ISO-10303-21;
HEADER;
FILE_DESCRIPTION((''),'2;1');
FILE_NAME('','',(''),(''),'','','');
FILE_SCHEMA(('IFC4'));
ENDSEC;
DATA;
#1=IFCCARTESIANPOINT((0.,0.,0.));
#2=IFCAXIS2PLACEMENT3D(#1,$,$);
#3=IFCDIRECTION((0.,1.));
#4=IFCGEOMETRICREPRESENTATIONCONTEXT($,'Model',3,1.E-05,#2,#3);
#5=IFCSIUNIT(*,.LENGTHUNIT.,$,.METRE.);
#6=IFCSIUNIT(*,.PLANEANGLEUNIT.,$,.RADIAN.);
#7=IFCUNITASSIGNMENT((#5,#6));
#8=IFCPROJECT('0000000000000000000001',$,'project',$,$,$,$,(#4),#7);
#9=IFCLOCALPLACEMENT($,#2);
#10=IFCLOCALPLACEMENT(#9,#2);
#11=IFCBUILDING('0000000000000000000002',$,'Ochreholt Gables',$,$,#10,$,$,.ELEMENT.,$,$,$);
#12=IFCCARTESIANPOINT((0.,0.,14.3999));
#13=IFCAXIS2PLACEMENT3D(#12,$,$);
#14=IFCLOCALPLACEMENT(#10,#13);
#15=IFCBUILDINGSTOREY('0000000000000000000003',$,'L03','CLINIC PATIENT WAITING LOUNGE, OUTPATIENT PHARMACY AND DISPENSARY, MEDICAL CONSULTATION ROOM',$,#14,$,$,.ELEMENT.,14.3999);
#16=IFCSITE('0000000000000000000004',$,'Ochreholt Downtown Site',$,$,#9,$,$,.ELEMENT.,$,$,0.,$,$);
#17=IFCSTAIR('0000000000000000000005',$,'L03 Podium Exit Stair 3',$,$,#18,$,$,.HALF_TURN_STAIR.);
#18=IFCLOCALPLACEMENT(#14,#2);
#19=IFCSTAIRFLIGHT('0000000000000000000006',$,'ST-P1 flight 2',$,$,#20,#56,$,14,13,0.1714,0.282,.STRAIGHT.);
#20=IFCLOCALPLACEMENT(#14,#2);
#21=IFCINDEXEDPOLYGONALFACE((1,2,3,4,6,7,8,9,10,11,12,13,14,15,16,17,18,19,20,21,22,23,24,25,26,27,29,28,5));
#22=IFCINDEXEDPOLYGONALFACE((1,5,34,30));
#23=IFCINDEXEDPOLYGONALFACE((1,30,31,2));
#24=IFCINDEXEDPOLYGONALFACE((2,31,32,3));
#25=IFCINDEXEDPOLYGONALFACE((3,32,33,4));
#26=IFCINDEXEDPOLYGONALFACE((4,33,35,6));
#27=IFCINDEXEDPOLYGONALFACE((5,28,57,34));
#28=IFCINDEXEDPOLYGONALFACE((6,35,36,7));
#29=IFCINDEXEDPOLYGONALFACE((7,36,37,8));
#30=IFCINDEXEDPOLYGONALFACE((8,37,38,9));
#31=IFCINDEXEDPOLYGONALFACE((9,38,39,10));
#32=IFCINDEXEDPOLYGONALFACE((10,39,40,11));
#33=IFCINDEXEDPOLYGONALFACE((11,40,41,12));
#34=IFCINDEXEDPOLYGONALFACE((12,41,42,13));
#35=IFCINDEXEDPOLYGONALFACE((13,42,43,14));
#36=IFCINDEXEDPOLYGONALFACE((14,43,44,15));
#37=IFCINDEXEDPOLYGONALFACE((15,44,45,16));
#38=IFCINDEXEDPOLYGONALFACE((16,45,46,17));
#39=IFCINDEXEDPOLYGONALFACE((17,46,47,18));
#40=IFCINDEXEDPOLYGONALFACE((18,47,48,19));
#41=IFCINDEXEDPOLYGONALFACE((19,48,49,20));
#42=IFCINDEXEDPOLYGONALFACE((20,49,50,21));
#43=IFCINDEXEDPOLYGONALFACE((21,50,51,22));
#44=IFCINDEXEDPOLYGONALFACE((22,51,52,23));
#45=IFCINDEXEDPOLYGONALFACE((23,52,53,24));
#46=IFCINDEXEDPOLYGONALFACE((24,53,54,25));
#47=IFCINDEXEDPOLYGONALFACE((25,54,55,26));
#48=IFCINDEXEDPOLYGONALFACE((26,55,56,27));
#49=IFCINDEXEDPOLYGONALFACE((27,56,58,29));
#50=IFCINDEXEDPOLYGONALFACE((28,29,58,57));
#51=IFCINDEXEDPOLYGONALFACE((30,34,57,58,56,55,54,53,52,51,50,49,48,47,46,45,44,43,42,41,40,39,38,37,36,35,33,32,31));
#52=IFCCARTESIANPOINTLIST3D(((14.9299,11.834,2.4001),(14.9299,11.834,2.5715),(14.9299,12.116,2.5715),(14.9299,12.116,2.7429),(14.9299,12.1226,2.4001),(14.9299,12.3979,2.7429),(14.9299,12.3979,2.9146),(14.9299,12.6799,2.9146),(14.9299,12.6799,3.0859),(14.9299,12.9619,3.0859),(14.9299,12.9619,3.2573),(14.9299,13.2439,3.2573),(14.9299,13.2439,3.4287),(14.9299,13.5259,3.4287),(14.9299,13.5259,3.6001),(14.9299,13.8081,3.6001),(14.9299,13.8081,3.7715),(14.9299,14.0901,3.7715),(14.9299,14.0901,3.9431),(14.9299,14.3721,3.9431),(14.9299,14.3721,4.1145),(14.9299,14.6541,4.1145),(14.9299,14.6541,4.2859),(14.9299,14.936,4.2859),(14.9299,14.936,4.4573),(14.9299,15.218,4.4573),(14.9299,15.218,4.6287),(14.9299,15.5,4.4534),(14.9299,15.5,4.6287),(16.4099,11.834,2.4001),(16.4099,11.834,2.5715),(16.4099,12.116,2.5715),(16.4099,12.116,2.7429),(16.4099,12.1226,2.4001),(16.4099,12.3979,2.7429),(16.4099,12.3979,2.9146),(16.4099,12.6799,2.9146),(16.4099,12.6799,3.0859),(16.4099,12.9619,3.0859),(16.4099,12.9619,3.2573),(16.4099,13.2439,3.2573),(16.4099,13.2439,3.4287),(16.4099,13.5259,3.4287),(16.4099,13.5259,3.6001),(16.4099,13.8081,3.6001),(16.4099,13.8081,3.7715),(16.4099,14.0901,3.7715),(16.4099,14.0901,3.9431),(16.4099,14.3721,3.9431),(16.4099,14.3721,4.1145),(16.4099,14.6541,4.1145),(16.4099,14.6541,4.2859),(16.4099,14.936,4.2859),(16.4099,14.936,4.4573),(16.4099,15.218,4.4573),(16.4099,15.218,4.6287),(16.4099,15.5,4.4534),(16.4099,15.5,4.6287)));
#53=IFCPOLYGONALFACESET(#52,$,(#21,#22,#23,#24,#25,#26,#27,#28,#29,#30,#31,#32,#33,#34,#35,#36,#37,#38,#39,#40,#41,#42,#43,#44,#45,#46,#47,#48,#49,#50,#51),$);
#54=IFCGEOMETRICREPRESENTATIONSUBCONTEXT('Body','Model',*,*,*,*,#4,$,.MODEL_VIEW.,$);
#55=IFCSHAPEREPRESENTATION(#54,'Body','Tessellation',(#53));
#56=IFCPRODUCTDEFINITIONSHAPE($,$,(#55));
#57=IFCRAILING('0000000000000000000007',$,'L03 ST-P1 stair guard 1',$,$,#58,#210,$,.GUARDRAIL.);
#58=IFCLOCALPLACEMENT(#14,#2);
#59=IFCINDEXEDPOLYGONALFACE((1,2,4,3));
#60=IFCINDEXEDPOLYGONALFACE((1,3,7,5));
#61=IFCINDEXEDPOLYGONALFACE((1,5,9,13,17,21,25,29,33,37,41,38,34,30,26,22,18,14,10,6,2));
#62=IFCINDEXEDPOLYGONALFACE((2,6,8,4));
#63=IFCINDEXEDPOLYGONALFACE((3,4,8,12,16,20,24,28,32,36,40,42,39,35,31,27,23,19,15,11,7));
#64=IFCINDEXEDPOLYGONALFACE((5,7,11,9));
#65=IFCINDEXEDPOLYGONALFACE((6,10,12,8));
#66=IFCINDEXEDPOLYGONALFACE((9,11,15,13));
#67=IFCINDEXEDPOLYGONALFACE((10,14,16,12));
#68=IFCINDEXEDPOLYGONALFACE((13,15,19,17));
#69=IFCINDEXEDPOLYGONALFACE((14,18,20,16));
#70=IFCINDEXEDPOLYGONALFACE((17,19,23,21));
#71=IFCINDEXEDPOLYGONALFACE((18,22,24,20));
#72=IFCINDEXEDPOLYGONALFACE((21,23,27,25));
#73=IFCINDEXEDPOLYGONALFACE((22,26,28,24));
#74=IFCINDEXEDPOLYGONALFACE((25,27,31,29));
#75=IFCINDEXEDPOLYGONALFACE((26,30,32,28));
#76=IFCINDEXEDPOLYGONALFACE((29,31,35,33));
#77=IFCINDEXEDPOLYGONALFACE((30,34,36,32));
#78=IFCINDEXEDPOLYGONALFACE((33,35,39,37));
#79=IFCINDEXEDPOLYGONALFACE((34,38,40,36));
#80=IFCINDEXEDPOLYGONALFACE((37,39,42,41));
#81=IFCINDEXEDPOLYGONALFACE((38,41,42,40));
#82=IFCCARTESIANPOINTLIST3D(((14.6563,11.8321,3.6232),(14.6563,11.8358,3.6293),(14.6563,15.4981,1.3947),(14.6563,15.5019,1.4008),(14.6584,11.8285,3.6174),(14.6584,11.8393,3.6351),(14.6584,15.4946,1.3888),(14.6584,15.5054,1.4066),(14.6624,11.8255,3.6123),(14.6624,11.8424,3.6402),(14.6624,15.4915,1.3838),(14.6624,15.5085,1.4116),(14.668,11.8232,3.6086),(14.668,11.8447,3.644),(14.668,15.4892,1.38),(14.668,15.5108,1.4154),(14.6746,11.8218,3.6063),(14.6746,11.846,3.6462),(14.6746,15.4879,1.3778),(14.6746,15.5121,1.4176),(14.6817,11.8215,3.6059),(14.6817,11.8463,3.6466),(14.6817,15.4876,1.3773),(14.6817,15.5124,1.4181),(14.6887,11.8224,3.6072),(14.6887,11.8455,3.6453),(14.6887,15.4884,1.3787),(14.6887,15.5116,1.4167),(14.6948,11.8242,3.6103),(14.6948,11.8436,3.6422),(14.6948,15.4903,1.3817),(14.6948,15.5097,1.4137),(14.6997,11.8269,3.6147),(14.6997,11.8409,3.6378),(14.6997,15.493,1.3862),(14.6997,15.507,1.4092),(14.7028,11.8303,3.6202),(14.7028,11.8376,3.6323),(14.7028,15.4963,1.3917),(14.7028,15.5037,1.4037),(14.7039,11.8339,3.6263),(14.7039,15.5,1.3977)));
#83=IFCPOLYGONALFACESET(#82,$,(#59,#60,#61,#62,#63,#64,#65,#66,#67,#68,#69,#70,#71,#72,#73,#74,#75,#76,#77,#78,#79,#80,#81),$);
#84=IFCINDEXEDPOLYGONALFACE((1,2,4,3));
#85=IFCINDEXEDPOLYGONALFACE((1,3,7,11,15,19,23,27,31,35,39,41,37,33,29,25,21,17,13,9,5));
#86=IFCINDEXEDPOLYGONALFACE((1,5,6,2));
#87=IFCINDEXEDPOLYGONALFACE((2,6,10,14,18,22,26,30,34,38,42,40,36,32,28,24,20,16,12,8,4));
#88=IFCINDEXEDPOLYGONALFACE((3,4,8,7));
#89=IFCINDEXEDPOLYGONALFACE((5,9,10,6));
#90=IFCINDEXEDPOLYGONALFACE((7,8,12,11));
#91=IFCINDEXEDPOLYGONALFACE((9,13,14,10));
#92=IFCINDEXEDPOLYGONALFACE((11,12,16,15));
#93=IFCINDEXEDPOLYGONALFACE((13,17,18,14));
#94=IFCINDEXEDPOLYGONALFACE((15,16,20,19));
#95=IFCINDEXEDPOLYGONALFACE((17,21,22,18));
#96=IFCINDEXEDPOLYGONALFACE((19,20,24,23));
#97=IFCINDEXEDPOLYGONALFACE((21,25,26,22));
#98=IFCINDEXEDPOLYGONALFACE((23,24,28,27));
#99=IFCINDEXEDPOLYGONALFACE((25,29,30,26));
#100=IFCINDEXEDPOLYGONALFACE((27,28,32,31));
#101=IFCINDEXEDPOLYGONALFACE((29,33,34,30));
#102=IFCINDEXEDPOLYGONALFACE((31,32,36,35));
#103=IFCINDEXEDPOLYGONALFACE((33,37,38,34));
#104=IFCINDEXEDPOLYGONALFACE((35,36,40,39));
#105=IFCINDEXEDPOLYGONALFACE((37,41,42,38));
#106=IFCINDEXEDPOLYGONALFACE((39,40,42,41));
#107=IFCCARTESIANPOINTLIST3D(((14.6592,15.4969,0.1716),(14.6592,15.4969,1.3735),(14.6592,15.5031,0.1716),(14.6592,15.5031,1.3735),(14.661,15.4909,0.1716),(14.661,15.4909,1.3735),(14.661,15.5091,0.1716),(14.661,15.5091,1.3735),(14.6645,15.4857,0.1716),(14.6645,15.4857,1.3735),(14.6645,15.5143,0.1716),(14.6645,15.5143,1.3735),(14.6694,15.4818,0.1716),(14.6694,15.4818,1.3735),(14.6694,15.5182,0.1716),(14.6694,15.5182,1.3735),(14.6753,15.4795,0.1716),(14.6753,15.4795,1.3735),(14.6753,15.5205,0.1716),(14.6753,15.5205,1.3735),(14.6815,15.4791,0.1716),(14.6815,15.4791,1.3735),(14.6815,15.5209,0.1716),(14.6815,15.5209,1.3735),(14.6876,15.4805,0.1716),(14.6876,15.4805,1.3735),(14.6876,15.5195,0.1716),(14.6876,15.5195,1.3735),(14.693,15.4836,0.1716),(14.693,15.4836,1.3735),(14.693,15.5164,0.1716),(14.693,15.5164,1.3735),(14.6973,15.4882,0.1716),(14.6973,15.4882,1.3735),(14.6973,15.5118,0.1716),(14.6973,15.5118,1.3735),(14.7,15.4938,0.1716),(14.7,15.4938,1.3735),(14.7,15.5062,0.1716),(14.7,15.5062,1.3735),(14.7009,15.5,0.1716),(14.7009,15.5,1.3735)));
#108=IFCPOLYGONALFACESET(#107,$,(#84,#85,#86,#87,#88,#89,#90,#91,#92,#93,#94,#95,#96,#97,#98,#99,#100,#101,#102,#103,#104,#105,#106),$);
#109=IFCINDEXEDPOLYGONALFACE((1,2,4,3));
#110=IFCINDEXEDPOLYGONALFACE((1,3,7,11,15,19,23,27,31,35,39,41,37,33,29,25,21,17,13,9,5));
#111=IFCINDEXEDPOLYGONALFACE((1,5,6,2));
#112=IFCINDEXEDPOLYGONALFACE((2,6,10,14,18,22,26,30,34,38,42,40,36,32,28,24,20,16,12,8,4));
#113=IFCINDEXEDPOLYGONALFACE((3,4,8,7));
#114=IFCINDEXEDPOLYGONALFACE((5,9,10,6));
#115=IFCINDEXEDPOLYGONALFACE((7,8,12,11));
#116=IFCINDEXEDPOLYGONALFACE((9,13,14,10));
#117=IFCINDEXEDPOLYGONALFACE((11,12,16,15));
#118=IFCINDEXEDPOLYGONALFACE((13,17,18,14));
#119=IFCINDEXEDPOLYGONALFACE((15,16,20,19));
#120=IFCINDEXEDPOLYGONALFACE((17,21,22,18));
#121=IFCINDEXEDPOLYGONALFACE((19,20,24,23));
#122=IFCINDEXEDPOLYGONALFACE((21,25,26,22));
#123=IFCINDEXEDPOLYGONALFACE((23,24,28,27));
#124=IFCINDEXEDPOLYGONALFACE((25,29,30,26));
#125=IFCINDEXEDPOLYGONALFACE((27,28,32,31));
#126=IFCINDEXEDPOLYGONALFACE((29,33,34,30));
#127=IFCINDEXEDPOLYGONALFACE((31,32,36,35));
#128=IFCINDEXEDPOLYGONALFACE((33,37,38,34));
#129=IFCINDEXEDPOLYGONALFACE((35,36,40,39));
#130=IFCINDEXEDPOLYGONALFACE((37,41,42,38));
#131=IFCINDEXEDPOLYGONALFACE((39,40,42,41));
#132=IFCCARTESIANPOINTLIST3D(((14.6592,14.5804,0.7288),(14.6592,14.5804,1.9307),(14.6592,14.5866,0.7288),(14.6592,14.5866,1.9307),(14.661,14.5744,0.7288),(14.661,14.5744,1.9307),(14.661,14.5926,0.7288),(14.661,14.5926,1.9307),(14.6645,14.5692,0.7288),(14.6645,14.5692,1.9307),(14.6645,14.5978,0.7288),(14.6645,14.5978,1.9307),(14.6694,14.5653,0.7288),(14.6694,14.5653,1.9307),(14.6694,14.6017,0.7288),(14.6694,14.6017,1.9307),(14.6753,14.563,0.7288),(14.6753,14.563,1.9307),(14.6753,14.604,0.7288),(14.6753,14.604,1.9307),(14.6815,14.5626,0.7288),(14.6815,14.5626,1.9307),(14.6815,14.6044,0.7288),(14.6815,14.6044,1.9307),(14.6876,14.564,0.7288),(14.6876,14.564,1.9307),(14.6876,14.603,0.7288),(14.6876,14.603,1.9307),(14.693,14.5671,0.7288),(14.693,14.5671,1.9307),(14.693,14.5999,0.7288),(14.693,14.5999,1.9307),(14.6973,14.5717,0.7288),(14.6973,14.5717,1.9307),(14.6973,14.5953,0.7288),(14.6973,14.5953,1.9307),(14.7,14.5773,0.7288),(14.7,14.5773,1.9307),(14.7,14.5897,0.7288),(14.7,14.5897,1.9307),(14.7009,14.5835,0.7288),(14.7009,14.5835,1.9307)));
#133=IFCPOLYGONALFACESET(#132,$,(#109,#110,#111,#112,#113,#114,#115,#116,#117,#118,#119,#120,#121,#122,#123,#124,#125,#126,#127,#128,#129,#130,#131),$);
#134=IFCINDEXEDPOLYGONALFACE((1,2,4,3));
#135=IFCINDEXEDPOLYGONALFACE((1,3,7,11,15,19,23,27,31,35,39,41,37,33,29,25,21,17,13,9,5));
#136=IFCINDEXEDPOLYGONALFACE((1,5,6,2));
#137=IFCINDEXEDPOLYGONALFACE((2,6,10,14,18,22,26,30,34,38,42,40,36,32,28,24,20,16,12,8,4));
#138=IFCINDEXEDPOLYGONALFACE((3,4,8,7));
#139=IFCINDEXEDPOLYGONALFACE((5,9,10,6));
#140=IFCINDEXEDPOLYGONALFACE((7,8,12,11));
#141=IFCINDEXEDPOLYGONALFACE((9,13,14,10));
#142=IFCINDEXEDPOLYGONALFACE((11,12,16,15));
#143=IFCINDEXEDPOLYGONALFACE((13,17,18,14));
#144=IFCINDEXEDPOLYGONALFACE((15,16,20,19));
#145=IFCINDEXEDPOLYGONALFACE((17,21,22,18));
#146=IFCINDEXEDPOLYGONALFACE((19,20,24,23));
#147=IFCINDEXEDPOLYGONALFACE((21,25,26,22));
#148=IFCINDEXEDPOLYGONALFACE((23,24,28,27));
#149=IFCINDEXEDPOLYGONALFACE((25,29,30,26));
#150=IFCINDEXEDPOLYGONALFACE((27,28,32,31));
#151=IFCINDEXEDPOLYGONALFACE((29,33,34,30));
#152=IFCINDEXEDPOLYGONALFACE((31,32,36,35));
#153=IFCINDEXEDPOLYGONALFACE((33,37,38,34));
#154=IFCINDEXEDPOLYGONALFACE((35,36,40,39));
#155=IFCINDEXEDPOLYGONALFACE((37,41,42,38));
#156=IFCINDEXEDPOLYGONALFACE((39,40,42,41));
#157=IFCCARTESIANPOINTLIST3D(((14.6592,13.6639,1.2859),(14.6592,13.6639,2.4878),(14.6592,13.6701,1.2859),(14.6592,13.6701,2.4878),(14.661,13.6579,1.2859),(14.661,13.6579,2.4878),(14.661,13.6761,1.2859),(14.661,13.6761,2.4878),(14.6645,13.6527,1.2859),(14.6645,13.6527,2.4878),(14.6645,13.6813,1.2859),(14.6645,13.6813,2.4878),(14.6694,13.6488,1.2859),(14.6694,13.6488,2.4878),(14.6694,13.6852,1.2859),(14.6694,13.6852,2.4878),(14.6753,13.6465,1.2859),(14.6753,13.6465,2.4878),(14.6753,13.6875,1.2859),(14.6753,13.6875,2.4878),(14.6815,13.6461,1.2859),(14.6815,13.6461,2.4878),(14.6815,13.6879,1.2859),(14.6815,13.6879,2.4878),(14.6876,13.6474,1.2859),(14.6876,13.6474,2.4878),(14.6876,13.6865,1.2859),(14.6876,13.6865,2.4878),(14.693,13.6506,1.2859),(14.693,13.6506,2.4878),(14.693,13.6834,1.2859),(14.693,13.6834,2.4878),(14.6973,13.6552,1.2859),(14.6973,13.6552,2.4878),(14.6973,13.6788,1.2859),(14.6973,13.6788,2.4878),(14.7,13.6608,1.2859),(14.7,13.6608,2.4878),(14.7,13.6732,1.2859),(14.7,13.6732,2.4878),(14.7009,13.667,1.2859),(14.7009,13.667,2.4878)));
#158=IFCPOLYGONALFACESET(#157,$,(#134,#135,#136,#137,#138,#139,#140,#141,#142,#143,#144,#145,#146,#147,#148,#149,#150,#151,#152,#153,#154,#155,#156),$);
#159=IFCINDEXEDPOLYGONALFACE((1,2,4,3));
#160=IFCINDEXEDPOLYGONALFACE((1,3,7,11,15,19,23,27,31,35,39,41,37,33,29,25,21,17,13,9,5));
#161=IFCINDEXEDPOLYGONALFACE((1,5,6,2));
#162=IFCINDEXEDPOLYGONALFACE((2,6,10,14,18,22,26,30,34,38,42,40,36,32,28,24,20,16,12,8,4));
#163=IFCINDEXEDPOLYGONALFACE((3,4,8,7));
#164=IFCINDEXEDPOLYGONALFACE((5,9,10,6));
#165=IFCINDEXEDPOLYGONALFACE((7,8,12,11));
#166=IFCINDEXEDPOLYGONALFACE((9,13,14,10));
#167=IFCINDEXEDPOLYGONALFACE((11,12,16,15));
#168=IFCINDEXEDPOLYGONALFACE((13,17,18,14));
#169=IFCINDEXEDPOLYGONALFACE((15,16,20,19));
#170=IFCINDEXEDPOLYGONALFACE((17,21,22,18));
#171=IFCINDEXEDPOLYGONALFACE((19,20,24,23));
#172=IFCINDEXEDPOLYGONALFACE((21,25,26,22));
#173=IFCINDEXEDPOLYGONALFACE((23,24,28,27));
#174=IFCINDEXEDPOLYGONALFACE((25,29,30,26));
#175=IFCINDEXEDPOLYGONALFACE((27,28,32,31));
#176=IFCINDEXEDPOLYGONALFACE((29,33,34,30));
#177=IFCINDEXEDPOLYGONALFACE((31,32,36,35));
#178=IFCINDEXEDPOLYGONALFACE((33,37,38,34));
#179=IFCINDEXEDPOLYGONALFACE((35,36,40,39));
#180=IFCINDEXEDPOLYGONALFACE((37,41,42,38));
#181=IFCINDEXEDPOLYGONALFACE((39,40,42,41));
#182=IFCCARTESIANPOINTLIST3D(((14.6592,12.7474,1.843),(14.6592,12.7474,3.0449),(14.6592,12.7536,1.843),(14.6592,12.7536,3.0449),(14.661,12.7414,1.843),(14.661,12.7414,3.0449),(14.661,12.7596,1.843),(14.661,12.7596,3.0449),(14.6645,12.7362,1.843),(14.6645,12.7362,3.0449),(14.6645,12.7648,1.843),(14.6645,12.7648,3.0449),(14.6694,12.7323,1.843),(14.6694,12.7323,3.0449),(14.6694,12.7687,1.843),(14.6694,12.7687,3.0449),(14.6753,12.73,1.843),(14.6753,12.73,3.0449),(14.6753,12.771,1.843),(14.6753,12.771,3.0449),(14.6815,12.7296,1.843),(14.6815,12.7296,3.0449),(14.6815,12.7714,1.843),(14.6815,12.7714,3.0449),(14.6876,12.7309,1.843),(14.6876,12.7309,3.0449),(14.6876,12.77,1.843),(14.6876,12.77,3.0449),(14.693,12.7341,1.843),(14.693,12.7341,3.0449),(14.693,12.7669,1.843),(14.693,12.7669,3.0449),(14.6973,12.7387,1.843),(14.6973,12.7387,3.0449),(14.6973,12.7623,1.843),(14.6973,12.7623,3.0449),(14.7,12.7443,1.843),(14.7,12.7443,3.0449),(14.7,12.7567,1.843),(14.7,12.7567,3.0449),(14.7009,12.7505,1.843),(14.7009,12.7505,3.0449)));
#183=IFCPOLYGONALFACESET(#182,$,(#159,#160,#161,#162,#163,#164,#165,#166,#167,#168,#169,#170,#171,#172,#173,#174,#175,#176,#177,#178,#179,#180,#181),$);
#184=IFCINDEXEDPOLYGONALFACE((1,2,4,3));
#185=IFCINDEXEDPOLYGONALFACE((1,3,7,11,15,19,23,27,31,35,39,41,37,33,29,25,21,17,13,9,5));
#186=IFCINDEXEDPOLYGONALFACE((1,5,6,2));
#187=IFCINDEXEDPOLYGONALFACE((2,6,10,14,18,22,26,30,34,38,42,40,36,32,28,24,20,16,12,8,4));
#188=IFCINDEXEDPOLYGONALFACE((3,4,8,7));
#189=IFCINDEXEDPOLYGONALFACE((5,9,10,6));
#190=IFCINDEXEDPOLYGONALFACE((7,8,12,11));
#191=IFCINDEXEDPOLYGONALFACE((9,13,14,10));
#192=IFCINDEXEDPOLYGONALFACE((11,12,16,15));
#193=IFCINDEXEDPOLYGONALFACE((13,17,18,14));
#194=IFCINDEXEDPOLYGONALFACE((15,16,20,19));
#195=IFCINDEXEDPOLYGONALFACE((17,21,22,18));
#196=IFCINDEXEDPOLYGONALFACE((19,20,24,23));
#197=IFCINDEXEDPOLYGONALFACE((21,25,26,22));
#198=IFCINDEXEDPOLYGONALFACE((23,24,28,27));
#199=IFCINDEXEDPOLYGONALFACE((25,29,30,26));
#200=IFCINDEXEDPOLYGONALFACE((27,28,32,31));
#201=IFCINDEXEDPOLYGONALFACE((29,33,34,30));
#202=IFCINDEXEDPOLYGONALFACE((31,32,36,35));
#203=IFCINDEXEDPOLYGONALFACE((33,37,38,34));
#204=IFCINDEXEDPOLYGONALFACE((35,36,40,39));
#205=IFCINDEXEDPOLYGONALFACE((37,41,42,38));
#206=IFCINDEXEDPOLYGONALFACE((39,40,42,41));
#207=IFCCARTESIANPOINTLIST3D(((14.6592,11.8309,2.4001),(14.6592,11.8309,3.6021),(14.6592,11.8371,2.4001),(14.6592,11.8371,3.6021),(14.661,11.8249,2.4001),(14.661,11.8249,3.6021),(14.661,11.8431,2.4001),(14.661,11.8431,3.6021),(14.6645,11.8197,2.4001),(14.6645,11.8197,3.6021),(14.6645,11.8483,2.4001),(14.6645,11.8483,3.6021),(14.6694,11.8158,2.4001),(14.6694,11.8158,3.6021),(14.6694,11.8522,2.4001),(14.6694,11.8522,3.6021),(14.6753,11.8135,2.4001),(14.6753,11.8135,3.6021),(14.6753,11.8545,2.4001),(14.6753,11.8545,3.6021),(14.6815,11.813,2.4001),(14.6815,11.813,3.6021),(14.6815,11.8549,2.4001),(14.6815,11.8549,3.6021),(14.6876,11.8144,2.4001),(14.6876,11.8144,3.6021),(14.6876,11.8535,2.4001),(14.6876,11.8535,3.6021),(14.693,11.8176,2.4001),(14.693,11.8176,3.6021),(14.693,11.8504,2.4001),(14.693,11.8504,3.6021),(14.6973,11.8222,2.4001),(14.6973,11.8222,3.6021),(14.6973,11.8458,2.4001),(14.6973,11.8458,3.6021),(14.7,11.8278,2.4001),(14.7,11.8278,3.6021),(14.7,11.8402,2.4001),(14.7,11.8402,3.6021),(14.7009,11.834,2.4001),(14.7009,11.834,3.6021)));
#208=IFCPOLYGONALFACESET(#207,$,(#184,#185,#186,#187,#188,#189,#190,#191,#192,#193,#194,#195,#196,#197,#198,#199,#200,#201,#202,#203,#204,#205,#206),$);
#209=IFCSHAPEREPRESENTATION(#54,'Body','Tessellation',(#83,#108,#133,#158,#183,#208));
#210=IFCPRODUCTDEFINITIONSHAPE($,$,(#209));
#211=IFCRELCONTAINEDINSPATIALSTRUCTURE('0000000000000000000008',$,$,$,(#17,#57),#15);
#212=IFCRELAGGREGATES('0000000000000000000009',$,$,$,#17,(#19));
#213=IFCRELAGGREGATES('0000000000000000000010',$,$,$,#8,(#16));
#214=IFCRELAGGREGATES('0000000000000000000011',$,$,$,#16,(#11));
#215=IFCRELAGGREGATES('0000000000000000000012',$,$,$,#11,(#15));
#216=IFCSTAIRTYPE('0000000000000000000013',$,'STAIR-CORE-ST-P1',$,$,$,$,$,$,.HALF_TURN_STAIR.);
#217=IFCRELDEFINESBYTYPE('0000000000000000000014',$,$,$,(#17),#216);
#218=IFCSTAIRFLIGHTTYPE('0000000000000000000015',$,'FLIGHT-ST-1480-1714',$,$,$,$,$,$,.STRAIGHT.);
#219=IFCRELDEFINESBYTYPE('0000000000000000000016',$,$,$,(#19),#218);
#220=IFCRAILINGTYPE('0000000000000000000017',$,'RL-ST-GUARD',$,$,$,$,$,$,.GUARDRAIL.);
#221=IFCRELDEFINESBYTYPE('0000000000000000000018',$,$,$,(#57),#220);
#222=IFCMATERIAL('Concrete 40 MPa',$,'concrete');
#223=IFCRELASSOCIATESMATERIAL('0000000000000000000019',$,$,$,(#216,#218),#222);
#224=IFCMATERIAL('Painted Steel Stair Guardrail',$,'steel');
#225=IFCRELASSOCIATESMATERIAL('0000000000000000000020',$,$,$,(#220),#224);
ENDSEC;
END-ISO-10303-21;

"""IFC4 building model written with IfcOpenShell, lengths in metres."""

from ifc_helpers import new_model, si_unit, direction, frame, origin, origin_2d, place, context, subcontext, project, spatial, polyline, circle, outline, extrude, material, type_object, element, aggregate, save


model = new_model("IFC4")

# Units and contexts
model_context = context("Model", 3, precision=1e-05, world=origin(), true_north=direction((0.0, 1.0)))
body_context = subcontext(model_context, "Body", "Model", "MODEL_VIEW")
ifc_project = project(units=[si_unit("LENGTHUNIT", "METRE"), si_unit("PLANEANGLEUNIT", "RADIAN")], contexts=[model_context])

# Site, building, storey
site_placement = place(None, origin())
site = spatial("IfcSite", under=ifc_project, at=site_placement, Name="Ochreholt Downtown Site", CompositionType="ELEMENT", RefElevation=0.0)
building_placement = place(site_placement, origin())
building = spatial("IfcBuilding", under=site, at=building_placement, Name="Ochreholt Gables", CompositionType="ELEMENT")
storey_placement = place(building_placement, frame((0.0, 0.0, 14.3999)))
storey = spatial("IfcBuildingStorey", under=building, at=storey_placement, Name="L03", Description="CLINIC PATIENT WAITING LOUNGE, OUTPATIENT PHARMACY AND DISPENSARY, MEDICAL CONSULTATION ROOM", CompositionType="ELEMENT", Elevation=14.3999)

# Stair, stair flight
ifc_material_1 = material(Name="Concrete 40 MPa", Category="concrete")
stair_type = type_object("IfcStairType", Name="STAIR-CORE-ST-P1", PredefinedType="HALF_TURN_STAIR", material=ifc_material_1)
stair_placement = place(storey_placement, origin())
stair = element("IfcStair", 1, at=stair_placement, inside=storey, type_object=stair_type, Name="L03 Podium Exit Stair 3", PredefinedType="HALF_TURN_STAIR")
stair_flight_type = type_object("IfcStairFlightType", Name="FLIGHT-ST-1480-1714", PredefinedType="STRAIGHT", material=ifc_material_1)
stair_flight_1_placement = place(storey_placement, frame((15.6699, 11.834, 2.4001), z_axis=(0.0, 0.0, 1.0), x_axis=(0.0, 1.0, 0.0)))
stair_flight_1 = element("IfcStairFlight", 2, at=stair_flight_1_placement, type_object=stair_flight_type, Name="ST-P1 flight 2", NumberOfRisers=14, NumberOfTreads=13, PredefinedType="STRAIGHT", RiserHeight=0.1714, TreadLength=0.282, context=body_context, shape_type="SweptSolid", body=[
    extrude(outline(polyline([(0.0, 0.0), (0.0, 0.1714), (0.282, 0.1714), (0.282, 0.3428), (0.564, 0.3428), (0.564, 0.5144), (0.8459, 0.5144), (0.8459, 0.6858), (1.1279, 0.6858), (1.1279, 0.8572), (1.4099, 0.8572), (1.4099, 1.0286), (1.6919, 1.0286), (1.6919, 1.2), (1.9741, 1.2), (1.9741, 1.3713), (2.2561, 1.3713), (2.2561, 1.543), (2.5381, 1.543), (2.5381, 1.7144), (2.8201, 1.7144), (2.8201, 1.8857), (3.1021, 1.8857), (3.1021, 2.0571), (3.384, 2.0571), (3.384, 2.2285), (3.666, 2.2285), (3.666, 2.3999), (3.666, 2.0532), (0.2886, 0.0), (0.0, 0.0)])), frame((0.0, 0.74, 0.0), z_axis=(0.0, -1.0, 0.0), x_axis=(1.0, 0.0, 0.0)), (0.0, 0.0, 1.0), 1.48),
])
aggregate(stair, [stair_flight_1])

# Railing
ifc_material_2 = material(Name="Painted Steel Stair Guardrail", Category="steel")
railing_type_1 = type_object("IfcRailingType", Name="RL-ST-GUARD", PredefinedType="GUARDRAIL", material=ifc_material_2)
railing_1_placement = place(storey_placement, frame((14.6799, 15.5, 0.1716)))
element("IfcRailing", 3, at=railing_1_placement, inside=storey, type_object=railing_type_1, Name="L03 ST-P1 stair guard 1", PredefinedType="GUARDRAIL", context=body_context, shape_type="SweptSolid", body=[
    extrude(circle(Radius=0.0239, at=origin_2d()), frame((0.0, 0.0, 1.2261), z_axis=(0.0, -0.854506, 0.519441), x_axis=(1.0, 0.0, 0.0)), (0.0, 0.0, 1.0), 4.2903),
    extrude(circle(Radius=0.021, at=origin_2d()), origin(), (0.0, 0.0, 1.0), 1.2019),
    extrude(circle(Radius=0.021, at=origin_2d()), frame((0.0, -0.9165, 0.5571)), (0.0, 0.0, 1.0), 1.2019),
    extrude(circle(Radius=0.021, at=origin_2d()), frame((0.0, -1.833, 1.1143)), (0.0, 0.0, 1.0), 1.2019),
    extrude(circle(Radius=0.021, at=origin_2d()), frame((0.0, -2.7495, 1.6714)), (0.0, 0.0, 1.0), 1.2019),
    extrude(circle(Radius=0.021, at=origin_2d()), frame((0.0, -3.666, 2.2285)), (0.0, 0.0, 1.0), 1.2019),
])

save(model, "model.ifc")
